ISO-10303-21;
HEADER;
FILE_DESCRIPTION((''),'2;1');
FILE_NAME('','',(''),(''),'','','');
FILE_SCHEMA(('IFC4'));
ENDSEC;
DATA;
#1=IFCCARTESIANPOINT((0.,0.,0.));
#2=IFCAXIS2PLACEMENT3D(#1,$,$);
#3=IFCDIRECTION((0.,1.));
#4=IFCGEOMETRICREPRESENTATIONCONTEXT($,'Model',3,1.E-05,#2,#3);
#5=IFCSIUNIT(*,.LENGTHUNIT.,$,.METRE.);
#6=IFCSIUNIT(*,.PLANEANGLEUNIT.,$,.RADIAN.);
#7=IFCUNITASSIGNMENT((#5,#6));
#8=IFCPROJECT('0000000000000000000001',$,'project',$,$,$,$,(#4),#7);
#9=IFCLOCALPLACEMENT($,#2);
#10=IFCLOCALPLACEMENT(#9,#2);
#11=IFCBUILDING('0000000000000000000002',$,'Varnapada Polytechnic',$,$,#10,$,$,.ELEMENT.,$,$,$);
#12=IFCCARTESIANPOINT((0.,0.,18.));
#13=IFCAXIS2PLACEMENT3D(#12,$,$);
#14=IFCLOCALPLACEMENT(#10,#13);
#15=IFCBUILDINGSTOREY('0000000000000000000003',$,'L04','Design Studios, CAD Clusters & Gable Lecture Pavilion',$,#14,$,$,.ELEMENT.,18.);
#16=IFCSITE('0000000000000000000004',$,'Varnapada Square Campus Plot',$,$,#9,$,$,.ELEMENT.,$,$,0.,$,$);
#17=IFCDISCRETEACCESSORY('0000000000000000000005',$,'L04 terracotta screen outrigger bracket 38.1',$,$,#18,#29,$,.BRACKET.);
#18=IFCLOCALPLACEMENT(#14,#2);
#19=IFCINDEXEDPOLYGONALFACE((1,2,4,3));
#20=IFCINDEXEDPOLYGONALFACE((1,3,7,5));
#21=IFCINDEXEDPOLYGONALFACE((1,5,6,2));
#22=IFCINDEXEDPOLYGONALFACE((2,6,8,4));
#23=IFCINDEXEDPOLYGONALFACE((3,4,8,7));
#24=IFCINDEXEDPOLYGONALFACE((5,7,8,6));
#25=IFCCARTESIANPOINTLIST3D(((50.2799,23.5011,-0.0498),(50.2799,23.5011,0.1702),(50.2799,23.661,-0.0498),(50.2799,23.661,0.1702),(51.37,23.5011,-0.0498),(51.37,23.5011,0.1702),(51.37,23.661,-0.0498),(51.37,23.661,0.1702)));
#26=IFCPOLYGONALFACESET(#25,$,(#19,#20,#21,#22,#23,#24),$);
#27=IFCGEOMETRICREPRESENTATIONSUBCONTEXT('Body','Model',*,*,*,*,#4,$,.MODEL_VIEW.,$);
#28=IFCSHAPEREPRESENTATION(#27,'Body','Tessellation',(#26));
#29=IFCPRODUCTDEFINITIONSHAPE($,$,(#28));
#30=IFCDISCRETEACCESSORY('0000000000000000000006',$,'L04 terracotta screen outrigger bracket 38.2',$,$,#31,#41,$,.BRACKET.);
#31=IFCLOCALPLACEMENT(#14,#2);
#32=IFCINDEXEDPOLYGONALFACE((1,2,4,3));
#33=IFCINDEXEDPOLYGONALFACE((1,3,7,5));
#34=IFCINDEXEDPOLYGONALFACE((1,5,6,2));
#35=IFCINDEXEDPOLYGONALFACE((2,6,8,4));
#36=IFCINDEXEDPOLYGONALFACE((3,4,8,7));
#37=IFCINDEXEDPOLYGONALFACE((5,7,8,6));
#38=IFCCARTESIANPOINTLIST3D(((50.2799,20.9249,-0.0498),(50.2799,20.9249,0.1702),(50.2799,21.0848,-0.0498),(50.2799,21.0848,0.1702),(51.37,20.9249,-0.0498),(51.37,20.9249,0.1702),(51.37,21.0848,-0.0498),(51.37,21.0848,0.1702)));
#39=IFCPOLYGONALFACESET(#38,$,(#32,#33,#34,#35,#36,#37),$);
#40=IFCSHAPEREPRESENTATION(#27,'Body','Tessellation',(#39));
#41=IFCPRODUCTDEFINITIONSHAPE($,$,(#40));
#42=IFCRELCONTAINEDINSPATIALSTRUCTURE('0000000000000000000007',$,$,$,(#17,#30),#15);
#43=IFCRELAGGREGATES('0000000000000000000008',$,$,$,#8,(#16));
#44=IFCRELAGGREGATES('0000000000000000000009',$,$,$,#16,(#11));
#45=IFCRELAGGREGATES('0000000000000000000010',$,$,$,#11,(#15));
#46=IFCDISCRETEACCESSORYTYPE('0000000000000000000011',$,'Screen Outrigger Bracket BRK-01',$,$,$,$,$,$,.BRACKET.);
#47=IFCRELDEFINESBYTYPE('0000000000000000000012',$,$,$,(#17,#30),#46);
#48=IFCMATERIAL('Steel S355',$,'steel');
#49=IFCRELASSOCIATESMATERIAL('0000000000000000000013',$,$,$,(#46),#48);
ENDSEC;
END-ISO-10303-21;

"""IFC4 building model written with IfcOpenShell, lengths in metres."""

from ifc_helpers import new_model, si_unit, direction, frame, origin, origin_2d, place, context, subcontext, project, spatial, rectangle, extrude, material, type_object, element, save


model = new_model("IFC4")

# Units and contexts
model_context = context("Model", 3, precision=1e-05, world=origin(), true_north=direction((0.0, 1.0)))
body_context = subcontext(model_context, "Body", "Model", "MODEL_VIEW")
ifc_project = project(units=[si_unit("LENGTHUNIT", "METRE"), si_unit("PLANEANGLEUNIT", "RADIAN")], contexts=[model_context])

# Site, building, storey
site_placement = place(None, origin())
site = spatial("IfcSite", under=ifc_project, at=site_placement, Name="Varnapada Square Campus Plot", CompositionType="ELEMENT", RefElevation=0.0)
building_placement = place(site_placement, origin())
building = spatial("IfcBuilding", under=site, at=building_placement, Name="Varnapada Polytechnic", CompositionType="ELEMENT")
storey_placement = place(building_placement, frame((0.0, 0.0, 18.0)))
storey = spatial("IfcBuildingStorey", under=building, at=storey_placement, Name="L04", Description="Design Studios, CAD Clusters & Gable Lecture Pavilion", CompositionType="ELEMENT", Elevation=18.0)

# Discrete accessories
ifc_material_1 = material(Name="Steel S355", Category="steel")
discrete_accessory_type = type_object("IfcDiscreteAccessoryType", Name="Screen Outrigger Bracket BRK-01", PredefinedType="BRACKET", material=ifc_material_1)
for number, where, z_axis, x_axis, name in (
    (1, (50.825, 23.5811, -0.0498), (0.0, 0.0, 1.0), (0.0, -1.0, 0.0), "L04 terracotta screen outrigger bracket 38.1"),
    (2, (50.825, 21.0049, -0.0498), (0.0, 0.0, 1.0), (0.0, -1.0, 0.0), "L04 terracotta screen outrigger bracket 38.2"),
):
    element("IfcDiscreteAccessory", number, at=place(storey_placement, frame(where, z_axis=z_axis, x_axis=x_axis)), inside=storey, type_object=discrete_accessory_type, Name=name, PredefinedType="BRACKET", context=body_context, shape_type="SweptSolid", body=[
        extrude(rectangle(XDim=0.1599, YDim=1.0901, at=origin_2d()), origin(), (0.0, 0.0, 1.0), 0.22),
    ])

save(model, "model.ifc")
